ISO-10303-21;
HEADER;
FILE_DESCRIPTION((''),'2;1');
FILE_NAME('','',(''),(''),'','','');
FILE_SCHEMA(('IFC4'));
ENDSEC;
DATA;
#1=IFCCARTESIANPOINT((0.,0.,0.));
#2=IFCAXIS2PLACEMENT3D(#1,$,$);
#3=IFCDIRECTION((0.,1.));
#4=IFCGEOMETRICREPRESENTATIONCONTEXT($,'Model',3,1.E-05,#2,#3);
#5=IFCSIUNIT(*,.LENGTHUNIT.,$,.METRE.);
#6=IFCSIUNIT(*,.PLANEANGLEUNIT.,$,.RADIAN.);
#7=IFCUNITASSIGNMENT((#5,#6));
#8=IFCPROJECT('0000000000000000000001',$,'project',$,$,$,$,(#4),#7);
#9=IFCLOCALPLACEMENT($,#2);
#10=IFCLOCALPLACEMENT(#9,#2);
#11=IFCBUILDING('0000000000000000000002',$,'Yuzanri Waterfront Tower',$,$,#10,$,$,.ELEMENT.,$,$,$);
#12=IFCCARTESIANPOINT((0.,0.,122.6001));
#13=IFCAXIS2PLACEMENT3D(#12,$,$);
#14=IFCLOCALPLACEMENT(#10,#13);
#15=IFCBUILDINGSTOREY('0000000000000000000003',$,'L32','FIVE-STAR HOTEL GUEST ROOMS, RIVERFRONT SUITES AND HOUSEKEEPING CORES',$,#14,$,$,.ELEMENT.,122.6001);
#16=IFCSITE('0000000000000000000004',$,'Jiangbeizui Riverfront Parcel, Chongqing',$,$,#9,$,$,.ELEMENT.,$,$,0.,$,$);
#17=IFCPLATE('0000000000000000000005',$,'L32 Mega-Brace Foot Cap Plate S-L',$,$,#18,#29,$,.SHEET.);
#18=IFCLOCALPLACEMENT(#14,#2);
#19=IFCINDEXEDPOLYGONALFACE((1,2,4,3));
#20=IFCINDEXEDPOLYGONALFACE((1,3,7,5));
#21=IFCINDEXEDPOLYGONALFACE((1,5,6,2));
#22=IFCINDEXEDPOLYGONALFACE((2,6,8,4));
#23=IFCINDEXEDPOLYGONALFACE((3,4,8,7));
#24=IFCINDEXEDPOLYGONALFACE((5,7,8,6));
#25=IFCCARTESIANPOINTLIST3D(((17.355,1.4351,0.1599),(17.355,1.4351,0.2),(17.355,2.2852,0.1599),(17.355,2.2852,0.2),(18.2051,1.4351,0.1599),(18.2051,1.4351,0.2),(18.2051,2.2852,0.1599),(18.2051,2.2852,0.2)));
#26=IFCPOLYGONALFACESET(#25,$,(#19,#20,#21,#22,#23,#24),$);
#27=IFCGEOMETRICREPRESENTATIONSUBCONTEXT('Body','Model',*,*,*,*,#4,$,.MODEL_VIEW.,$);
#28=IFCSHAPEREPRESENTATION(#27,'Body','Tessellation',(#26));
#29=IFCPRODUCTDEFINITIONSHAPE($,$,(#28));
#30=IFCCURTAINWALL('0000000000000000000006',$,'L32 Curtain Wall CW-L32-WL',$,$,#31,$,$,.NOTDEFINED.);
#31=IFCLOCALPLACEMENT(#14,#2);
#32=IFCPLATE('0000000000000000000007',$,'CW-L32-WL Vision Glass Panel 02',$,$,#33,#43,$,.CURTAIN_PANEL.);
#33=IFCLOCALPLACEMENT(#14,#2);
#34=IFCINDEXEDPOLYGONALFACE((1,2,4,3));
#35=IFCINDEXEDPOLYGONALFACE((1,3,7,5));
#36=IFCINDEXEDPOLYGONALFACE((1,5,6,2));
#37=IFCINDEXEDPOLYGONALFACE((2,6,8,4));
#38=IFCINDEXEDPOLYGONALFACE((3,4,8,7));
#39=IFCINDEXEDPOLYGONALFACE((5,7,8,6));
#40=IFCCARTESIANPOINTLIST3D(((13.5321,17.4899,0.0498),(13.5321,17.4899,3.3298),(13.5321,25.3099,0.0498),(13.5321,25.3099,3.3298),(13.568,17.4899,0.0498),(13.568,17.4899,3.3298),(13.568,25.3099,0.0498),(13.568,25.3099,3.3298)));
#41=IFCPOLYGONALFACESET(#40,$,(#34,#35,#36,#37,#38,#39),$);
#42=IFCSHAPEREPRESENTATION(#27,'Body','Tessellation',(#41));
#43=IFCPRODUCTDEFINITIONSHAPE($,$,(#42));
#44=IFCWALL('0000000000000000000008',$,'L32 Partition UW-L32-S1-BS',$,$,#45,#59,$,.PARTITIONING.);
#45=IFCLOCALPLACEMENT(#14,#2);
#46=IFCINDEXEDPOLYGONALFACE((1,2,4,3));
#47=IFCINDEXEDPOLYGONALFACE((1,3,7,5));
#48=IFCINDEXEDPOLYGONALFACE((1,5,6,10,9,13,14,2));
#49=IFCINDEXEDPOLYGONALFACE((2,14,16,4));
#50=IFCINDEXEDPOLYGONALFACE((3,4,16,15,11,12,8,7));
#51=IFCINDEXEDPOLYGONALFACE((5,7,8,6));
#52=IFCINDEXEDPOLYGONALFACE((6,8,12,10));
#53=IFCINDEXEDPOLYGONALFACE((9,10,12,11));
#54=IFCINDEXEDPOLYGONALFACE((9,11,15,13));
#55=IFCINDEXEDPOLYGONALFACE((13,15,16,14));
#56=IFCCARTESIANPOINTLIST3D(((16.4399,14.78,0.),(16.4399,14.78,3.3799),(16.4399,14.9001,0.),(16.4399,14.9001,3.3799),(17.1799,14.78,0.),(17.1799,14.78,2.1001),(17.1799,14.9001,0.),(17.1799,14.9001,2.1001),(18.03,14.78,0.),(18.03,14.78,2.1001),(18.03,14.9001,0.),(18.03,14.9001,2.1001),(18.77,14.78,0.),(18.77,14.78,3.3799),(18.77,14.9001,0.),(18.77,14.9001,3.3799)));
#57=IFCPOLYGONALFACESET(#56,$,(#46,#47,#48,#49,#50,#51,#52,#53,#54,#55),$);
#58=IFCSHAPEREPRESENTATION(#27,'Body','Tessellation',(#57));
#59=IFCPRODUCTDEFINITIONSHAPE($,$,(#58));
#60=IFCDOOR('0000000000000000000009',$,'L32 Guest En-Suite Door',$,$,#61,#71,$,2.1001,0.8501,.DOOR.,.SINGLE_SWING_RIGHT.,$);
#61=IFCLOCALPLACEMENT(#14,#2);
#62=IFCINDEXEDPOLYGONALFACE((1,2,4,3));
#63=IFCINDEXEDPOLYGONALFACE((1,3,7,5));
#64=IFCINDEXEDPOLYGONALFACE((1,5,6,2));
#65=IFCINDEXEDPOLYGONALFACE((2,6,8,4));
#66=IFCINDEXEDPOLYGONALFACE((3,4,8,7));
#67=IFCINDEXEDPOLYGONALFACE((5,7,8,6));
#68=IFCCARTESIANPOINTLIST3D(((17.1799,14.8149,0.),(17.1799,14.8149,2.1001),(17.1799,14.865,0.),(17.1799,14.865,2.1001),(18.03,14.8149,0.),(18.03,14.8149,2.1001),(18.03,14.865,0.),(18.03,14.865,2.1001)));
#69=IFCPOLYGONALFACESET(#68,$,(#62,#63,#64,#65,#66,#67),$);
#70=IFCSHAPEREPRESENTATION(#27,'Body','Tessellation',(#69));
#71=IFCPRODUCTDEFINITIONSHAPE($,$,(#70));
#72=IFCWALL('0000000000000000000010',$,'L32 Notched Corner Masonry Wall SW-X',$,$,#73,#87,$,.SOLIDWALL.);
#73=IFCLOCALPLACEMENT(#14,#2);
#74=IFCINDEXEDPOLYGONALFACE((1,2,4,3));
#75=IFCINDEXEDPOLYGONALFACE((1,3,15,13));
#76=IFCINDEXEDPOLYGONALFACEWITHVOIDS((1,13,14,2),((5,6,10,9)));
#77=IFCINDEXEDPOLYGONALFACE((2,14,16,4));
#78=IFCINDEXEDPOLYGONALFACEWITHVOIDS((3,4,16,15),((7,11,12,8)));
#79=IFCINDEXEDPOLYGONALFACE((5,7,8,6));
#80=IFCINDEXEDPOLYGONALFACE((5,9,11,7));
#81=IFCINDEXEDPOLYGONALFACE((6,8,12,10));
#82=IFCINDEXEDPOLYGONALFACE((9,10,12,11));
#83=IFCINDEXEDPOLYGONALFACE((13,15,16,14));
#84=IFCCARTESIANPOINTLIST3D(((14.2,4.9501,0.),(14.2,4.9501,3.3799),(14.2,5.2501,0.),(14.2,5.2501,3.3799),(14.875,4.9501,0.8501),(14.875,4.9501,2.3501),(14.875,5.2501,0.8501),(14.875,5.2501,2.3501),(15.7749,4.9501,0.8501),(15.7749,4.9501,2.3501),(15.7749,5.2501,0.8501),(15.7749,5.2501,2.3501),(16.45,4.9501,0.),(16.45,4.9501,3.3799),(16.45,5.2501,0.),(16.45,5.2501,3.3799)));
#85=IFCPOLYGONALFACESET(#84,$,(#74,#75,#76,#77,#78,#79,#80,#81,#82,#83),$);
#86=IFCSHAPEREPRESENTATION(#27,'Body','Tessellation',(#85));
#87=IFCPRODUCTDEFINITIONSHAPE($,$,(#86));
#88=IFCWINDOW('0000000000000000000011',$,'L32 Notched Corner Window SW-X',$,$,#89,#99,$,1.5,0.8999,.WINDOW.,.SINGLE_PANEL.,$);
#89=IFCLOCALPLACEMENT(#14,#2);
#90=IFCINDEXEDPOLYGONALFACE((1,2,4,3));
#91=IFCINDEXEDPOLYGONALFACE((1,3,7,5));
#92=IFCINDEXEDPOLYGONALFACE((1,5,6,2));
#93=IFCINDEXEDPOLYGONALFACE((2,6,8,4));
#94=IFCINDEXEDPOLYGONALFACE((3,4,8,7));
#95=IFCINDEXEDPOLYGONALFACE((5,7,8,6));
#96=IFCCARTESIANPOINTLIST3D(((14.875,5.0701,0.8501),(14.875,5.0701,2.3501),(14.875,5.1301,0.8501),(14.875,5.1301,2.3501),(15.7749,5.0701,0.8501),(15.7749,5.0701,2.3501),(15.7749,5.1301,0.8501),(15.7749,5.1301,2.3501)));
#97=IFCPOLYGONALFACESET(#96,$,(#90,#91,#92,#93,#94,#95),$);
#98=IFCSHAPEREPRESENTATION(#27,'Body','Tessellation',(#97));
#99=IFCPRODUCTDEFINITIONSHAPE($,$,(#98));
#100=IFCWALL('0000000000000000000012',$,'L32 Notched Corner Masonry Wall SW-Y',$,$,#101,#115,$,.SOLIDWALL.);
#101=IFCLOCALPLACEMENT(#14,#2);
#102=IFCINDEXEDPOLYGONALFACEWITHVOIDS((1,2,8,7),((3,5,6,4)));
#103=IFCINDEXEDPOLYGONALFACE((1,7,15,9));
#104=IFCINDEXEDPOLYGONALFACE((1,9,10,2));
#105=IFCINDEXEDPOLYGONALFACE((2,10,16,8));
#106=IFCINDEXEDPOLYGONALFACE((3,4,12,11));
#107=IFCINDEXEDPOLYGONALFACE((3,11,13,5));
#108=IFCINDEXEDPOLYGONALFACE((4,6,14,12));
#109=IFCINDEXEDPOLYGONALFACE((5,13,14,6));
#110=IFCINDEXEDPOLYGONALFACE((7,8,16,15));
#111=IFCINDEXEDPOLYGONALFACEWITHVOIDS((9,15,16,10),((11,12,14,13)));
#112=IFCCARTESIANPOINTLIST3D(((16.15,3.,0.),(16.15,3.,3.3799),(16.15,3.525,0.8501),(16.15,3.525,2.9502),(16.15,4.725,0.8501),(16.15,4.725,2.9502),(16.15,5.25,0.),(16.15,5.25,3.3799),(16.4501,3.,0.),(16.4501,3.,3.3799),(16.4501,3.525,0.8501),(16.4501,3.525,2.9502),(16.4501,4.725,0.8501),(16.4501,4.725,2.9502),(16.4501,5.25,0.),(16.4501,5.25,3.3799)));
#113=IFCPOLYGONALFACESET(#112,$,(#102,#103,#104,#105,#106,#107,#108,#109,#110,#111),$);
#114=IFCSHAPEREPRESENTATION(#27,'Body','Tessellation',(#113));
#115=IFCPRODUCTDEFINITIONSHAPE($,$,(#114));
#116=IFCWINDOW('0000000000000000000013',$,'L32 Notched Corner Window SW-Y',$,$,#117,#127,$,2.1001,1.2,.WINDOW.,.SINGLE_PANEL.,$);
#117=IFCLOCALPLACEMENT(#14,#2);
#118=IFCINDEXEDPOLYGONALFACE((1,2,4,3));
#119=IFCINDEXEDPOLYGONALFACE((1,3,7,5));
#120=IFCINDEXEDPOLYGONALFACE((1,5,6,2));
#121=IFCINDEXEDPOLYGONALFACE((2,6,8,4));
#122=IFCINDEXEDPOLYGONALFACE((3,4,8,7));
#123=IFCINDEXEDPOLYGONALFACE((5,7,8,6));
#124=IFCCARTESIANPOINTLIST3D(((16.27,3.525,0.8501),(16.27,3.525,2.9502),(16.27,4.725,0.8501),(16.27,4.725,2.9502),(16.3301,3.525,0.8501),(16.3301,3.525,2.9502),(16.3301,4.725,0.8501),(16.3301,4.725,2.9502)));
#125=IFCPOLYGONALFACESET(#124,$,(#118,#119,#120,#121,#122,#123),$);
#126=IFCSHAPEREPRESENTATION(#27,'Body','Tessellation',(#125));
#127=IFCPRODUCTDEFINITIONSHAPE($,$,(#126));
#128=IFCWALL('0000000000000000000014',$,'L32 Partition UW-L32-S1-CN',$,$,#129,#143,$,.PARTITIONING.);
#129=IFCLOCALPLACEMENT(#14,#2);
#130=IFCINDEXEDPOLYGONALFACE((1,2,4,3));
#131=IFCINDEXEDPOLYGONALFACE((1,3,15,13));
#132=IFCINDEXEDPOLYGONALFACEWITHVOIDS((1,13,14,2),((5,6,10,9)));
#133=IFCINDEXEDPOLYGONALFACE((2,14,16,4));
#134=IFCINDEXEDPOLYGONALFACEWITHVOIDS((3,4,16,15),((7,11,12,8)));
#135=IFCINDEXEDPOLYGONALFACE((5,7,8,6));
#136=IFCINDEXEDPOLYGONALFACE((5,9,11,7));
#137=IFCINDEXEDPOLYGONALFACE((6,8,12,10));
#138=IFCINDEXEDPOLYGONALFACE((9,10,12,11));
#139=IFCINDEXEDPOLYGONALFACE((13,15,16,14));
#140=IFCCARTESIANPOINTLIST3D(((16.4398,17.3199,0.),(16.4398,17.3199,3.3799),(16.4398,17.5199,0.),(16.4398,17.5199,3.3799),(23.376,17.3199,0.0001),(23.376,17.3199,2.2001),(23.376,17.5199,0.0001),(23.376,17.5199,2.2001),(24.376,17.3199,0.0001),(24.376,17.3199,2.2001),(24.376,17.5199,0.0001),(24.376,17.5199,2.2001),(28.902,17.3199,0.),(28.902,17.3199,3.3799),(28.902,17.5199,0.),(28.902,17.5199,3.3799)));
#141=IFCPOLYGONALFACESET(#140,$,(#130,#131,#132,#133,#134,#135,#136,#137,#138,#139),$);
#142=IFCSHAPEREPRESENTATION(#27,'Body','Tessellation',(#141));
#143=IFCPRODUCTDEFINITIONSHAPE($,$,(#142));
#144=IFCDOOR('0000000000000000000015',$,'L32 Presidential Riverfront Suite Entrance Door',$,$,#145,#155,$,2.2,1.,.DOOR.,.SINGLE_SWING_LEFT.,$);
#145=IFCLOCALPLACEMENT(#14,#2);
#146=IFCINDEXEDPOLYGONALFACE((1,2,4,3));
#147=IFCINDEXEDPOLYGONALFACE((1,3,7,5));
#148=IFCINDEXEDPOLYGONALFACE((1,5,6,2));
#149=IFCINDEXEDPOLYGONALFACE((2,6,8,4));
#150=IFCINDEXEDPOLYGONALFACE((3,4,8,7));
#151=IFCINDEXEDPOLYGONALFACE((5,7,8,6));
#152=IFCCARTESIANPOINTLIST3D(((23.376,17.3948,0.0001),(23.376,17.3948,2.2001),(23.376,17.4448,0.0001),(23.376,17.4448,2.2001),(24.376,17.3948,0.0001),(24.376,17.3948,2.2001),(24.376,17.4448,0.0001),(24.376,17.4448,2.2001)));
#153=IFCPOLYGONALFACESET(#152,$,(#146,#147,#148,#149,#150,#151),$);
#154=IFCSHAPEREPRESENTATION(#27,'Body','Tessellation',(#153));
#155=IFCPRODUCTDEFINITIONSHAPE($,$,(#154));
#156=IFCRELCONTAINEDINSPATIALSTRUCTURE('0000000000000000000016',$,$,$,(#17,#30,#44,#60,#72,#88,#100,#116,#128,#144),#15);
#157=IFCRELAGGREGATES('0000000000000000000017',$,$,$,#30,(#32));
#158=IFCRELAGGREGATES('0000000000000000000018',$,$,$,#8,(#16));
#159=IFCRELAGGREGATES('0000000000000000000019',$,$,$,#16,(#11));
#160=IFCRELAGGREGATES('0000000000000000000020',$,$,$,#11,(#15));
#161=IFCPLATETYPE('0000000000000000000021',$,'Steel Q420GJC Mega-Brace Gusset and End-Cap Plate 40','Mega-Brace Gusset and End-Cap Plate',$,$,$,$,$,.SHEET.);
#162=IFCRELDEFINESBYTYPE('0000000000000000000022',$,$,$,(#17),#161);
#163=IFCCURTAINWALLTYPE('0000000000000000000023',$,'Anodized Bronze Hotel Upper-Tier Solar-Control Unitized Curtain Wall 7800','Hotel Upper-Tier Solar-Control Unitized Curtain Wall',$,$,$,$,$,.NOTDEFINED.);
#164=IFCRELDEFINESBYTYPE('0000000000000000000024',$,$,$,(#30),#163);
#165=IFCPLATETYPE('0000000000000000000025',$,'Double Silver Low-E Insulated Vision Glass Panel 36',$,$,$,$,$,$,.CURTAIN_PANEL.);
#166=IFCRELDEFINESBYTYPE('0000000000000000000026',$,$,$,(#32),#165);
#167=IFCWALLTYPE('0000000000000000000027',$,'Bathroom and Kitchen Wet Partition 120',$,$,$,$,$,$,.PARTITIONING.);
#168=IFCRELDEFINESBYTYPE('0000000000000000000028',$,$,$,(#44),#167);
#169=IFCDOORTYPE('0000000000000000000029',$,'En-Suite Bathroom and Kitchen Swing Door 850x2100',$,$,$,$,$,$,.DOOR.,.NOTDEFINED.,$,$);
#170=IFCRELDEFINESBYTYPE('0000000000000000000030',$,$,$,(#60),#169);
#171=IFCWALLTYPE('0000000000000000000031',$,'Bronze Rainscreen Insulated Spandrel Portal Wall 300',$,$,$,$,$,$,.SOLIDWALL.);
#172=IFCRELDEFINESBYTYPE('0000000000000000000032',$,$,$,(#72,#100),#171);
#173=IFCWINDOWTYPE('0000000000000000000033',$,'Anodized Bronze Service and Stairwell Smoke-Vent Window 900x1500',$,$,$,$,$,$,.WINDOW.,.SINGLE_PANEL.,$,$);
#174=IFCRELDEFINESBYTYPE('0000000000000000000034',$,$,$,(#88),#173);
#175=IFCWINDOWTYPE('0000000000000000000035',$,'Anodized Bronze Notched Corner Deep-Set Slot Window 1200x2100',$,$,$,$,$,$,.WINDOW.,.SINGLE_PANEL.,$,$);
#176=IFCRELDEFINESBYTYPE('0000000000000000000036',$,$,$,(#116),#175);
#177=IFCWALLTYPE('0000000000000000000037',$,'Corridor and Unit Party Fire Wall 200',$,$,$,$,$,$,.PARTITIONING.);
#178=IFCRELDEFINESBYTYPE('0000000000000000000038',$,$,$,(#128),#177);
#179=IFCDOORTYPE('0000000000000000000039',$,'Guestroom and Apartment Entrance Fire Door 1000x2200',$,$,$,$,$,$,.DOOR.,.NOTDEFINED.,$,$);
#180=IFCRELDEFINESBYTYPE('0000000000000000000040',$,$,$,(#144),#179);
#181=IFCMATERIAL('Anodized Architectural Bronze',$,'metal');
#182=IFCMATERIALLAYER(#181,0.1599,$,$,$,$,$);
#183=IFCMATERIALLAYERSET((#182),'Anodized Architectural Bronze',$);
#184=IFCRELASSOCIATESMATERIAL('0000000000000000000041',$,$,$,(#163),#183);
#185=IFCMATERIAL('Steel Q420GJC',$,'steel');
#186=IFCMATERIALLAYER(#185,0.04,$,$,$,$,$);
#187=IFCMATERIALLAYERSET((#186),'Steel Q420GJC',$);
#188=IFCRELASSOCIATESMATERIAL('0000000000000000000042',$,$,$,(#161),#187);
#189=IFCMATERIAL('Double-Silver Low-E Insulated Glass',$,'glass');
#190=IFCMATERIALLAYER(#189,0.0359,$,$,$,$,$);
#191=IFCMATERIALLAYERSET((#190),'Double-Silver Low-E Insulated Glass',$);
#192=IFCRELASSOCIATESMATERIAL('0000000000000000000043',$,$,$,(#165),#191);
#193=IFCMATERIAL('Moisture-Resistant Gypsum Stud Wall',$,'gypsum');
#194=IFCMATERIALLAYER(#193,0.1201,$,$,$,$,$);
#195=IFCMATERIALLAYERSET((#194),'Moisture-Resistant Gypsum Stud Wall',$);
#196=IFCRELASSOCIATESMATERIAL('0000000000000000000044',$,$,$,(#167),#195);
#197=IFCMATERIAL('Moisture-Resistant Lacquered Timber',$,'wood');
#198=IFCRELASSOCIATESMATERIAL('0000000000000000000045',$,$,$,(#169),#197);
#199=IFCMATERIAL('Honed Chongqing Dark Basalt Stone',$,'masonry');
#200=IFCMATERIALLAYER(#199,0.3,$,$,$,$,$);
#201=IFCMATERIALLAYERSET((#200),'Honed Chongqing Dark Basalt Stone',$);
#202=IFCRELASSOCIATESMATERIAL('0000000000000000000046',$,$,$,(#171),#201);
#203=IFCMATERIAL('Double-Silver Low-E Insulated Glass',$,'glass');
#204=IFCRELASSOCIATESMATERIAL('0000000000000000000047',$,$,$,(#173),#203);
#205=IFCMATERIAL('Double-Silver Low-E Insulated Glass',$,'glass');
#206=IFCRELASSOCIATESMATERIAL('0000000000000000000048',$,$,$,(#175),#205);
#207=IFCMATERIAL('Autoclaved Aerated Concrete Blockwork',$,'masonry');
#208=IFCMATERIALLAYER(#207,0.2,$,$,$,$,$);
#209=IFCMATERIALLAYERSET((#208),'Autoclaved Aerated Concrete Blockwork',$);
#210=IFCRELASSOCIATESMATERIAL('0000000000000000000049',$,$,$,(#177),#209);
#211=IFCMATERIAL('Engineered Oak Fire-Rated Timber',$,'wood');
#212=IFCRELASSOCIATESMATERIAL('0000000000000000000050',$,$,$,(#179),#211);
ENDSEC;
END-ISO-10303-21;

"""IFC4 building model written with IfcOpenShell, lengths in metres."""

from ifc_helpers import new_model, si_unit, direction, frame, frame_2d, origin, origin_2d, place, context, subcontext, project, spatial, rectangle, extrude, source, transform, mapped, material, layer, layer_set, type_object, element, fill, aggregate, save


model = new_model("IFC4")

# Units and contexts
model_context = context("Model", 3, precision=1e-05, world=origin(), true_north=direction((0.0, 1.0)))
body_context = subcontext(model_context, "Body", "Model", "MODEL_VIEW")
ifc_project = project(units=[si_unit("LENGTHUNIT", "METRE"), si_unit("PLANEANGLEUNIT", "RADIAN")], contexts=[model_context])

# Site, building, storey
site_placement = place(None, origin())
site = spatial("IfcSite", under=ifc_project, at=site_placement, Name="Jiangbeizui Riverfront Parcel, Chongqing", CompositionType="ELEMENT", RefElevation=0.0)
building_placement = place(site_placement, origin())
building = spatial("IfcBuilding", under=site, at=building_placement, Name="Yuzanri Waterfront Tower", CompositionType="ELEMENT")
storey_placement = place(building_placement, frame((0.0, 0.0, 122.6001)))
storey = spatial("IfcBuildingStorey", under=building, at=storey_placement, Name="L32", Description="FIVE-STAR HOTEL GUEST ROOMS, RIVERFRONT SUITES AND HOUSEKEEPING CORES", CompositionType="ELEMENT", Elevation=122.6001)

# Shared definitions
ifc_material_1 = material(Name="Anodized Architectural Bronze", Category="metal")
ifc_layer_1 = layer(ifc_material_1, 0.1599)
ifc_layer_set_1 = layer_set([ifc_layer_1], Name="Anodized Architectural Bronze")
curtain_wall_type = type_object("IfcCurtainWallType", Name="Anodized Bronze Hotel Upper-Tier Solar-Control Unitized Curtain Wall 7800", Description="Hotel Upper-Tier Solar-Control Unitized Curtain Wall", PredefinedType="NOTDEFINED", material=ifc_layer_set_1)

# Plate
ifc_material_2 = material(Name="Steel Q420GJC", Category="steel")
ifc_layer_2 = layer(ifc_material_2, 0.04)
ifc_layer_set_2 = layer_set([ifc_layer_2], Name="Steel Q420GJC")
plate_type_1 = type_object("IfcPlateType", Name="Steel Q420GJC Mega-Brace Gusset and End-Cap Plate 40", Description="Mega-Brace Gusset and End-Cap Plate", PredefinedType="SHEET", material=ifc_layer_set_2)
shared_shape_1 = source(origin(), body_context, "Body", "SweptSolid", [
    extrude(rectangle(XDim=0.8501, YDim=0.8501, at=origin_2d()), origin(), (0.0, 0.0, 1.0), 0.04),
])
plate_1_placement = place(storey_placement, frame((17.78, 1.8601, 0.1599), z_axis=(0.0, 0.0, 1.0), x_axis=(1.0, 0.0, 0.0)))
element("IfcPlate", 1, at=plate_1_placement, inside=storey, type_object=plate_type_1, Name="L32 Mega-Brace Foot Cap Plate S-L", PredefinedType="SHEET", context=body_context, shape_type="MappedRepresentation", body=[
    mapped(shared_shape_1, transform((0.0, 0.0, 0.0), scale=1.0)),
])

# Curtain wall, plate
curtain_wall_1_placement = place(storey_placement, origin())
curtain_wall_1 = element("IfcCurtainWall", 2, at=curtain_wall_1_placement, inside=storey, type_object=curtain_wall_type, Name="L32 Curtain Wall CW-L32-WL", PredefinedType="NOTDEFINED")
ifc_material_3 = material(Name="Double-Silver Low-E Insulated Glass", Category="glass")
ifc_layer_3 = layer(ifc_material_3, 0.0359)
ifc_layer_set_3 = layer_set([ifc_layer_3], Name="Double-Silver Low-E Insulated Glass")
plate_type_2 = type_object("IfcPlateType", Name="Double Silver Low-E Insulated Vision Glass Panel 36", PredefinedType="CURTAIN_PANEL", material=ifc_layer_set_3)
shared_shape_2 = source(origin(), body_context, "Body", "SweptSolid", [
    extrude(rectangle(XDim=7.8201, YDim=0.0359, at=origin_2d()), origin(), (0.0, 0.0, 1.0), 3.28),
])
plate_2_placement = place(storey_placement, frame((13.55, 21.3999, 0.0498), z_axis=(0.0, 0.0, 1.0), x_axis=(0.0, 1.0, 0.0)))
plate_2 = element("IfcPlate", 3, at=plate_2_placement, type_object=plate_type_2, Name="CW-L32-WL Vision Glass Panel 02", PredefinedType="CURTAIN_PANEL", context=body_context, shape_type="MappedRepresentation", body=[
    mapped(shared_shape_2, transform((0.0, 0.0, 0.0), scale=1.0)),
])
aggregate(curtain_wall_1, [plate_2])

# Wall, opening, door
ifc_material_4 = material(Name="Moisture-Resistant Gypsum Stud Wall", Category="gypsum")
ifc_layer_4 = layer(ifc_material_4, 0.1201)
ifc_layer_set_4 = layer_set([ifc_layer_4], Name="Moisture-Resistant Gypsum Stud Wall")
wall_type_1 = type_object("IfcWallType", Name="Bathroom and Kitchen Wet Partition 120", PredefinedType="PARTITIONING", material=ifc_layer_set_4)
wall_1_placement = place(storey_placement, frame((16.4399, 14.8401, 0.0), z_axis=(0.0, 0.0, 1.0), x_axis=(1.0, 0.0, 0.0)))
wall_1 = element("IfcWall", 4, at=wall_1_placement, inside=storey, type_object=wall_type_1, Name="L32 Partition UW-L32-S1-BS", PredefinedType="PARTITIONING", context=body_context, shape_type="SweptSolid", body=[
    extrude(rectangle(XDim=2.3301, YDim=0.1201, at=frame_2d((1.165, 0.0))), origin(), (0.0, 0.0, 1.0), 3.3799),
])
opening_1_placement = place(wall_1_placement, frame((0.74, 0.0, 0.0)))
opening_1 = element("IfcOpeningElement", 5, at=opening_1_placement, cuts=wall_1, PredefinedType="OPENING", context=body_context, shape_type="SweptSolid", body=[
    extrude(rectangle(XDim=0.8501, YDim=2.1001, at=frame_2d((0.425, 1.05))), frame((0.0, 0.075, 0.0), z_axis=(0.0, -1.0, 0.0), x_axis=(1.0, 0.0, 0.0)), (0.0, 0.0, 1.0), 0.1499),
])
ifc_material_5 = material(Name="Moisture-Resistant Lacquered Timber", Category="wood")
door_type_1 = type_object("IfcDoorType", Name="En-Suite Bathroom and Kitchen Swing Door 850x2100", OperationType="NOTDEFINED", PredefinedType="DOOR", material=ifc_material_5)
shared_shape_3 = source(origin(), body_context, "Body", "SweptSolid", [
    extrude(rectangle(XDim=0.8501, YDim=2.1001, at=frame_2d((0.425, 1.05))), frame((0.0, 0.0249, 0.0), z_axis=(0.0, -1.0, 0.0), x_axis=(1.0, 0.0, 0.0)), (0.0, 0.0, 1.0), 0.05),
])
door_1_placement = place(opening_1_placement, origin())
door_1 = element("IfcDoor", 6, at=door_1_placement, inside=storey, type_object=door_type_1, Name="L32 Guest En-Suite Door", OperationType="SINGLE_SWING_RIGHT", OverallHeight=2.1001, OverallWidth=0.8501, PredefinedType="DOOR", context=body_context, shape_type="MappedRepresentation", body=[
    mapped(shared_shape_3, transform((0.0, 0.0, 0.0), scale=1.0)),
])
fill(opening_1, door_1)

# Walls, openings, windows
ifc_material_6 = material(Name="Honed Chongqing Dark Basalt Stone", Category="masonry")
ifc_layer_5 = layer(ifc_material_6, 0.3)
ifc_layer_set_5 = layer_set([ifc_layer_5], Name="Honed Chongqing Dark Basalt Stone")
wall_type_2 = type_object("IfcWallType", Name="Bronze Rainscreen Insulated Spandrel Portal Wall 300", PredefinedType="SOLIDWALL", material=ifc_layer_set_5)
wall_2_placement = place(storey_placement, frame((14.2, 5.1001, 0.0), z_axis=(0.0, 0.0, 1.0), x_axis=(1.0, 0.0, 0.0)))
wall_2 = element("IfcWall", 7, at=wall_2_placement, inside=storey, type_object=wall_type_2, Name="L32 Notched Corner Masonry Wall SW-X", PredefinedType="SOLIDWALL", context=body_context, shape_type="SweptSolid", body=[
    extrude(rectangle(XDim=2.25, YDim=0.3, at=frame_2d((1.125, 0.0))), origin(), (0.0, 0.0, 1.0), 3.3799),
])
opening_2_placement = place(wall_2_placement, frame((0.675, 0.0, 0.8501)))
opening_2 = element("IfcOpeningElement", 8, at=opening_2_placement, cuts=wall_2, PredefinedType="OPENING", context=body_context, shape_type="SweptSolid", body=[
    extrude(rectangle(XDim=0.8999, YDim=1.5, at=frame_2d((0.45, 0.75))), frame((0.0, 0.165, 0.0), z_axis=(0.0, -1.0, 0.0), x_axis=(1.0, 0.0, 0.0)), (0.0, 0.0, 1.0), 0.3298),
])
ifc_material_7 = material(Name="Double-Silver Low-E Insulated Glass", Category="glass")
window_type_1 = type_object("IfcWindowType", Name="Anodized Bronze Service and Stairwell Smoke-Vent Window 900x1500", PartitioningType="SINGLE_PANEL", PredefinedType="WINDOW", material=ifc_material_7)
shared_shape_4 = source(origin(), body_context, "Body", "SweptSolid", [
    extrude(rectangle(XDim=0.8999, YDim=1.5, at=frame_2d((0.45, 0.75))), frame((0.0, 0.03, 0.0), z_axis=(0.0, -1.0, 0.0), x_axis=(1.0, 0.0, 0.0)), (0.0, 0.0, 1.0), 0.0601),
])
window_1_placement = place(opening_2_placement, origin())
window_1 = element("IfcWindow", 9, at=window_1_placement, inside=storey, type_object=window_type_1, Name="L32 Notched Corner Window SW-X", OverallHeight=1.5, OverallWidth=0.8999, PartitioningType="SINGLE_PANEL", PredefinedType="WINDOW", context=body_context, shape_type="MappedRepresentation", body=[
    mapped(shared_shape_4, transform((0.0, 0.0, 0.0), scale=1.0)),
])
fill(opening_2, window_1)
wall_3_placement = place(storey_placement, frame((16.3, 5.25, 0.0), z_axis=(0.0, 0.0, 1.0), x_axis=(0.0, -1.0, 0.0)))
wall_3 = element("IfcWall", 10, at=wall_3_placement, inside=storey, type_object=wall_type_2, Name="L32 Notched Corner Masonry Wall SW-Y", PredefinedType="SOLIDWALL", context=body_context, shape_type="SweptSolid", body=[
    extrude(rectangle(XDim=2.25, YDim=0.3, at=frame_2d((1.125, 0.0))), origin(), (0.0, 0.0, 1.0), 3.3799),
])
opening_3_placement = place(wall_3_placement, frame((0.5249, 0.0, 0.8501)))
opening_3 = element("IfcOpeningElement", 11, at=opening_3_placement, cuts=wall_3, PredefinedType="OPENING", context=body_context, shape_type="SweptSolid", body=[
    extrude(rectangle(XDim=1.2, YDim=2.1001, at=frame_2d((0.6001, 1.05))), frame((0.0, 0.165, 0.0), z_axis=(0.0, -1.0, 0.0), x_axis=(1.0, 0.0, 0.0)), (0.0, 0.0, 1.0), 0.3298),
])
ifc_material_8 = material(Name="Double-Silver Low-E Insulated Glass", Category="glass")
window_type_2 = type_object("IfcWindowType", Name="Anodized Bronze Notched Corner Deep-Set Slot Window 1200x2100", PartitioningType="SINGLE_PANEL", PredefinedType="WINDOW", material=ifc_material_8)
shared_shape_5 = source(origin(), body_context, "Body", "SweptSolid", [
    extrude(rectangle(XDim=1.2, YDim=2.1001, at=frame_2d((0.6001, 1.05))), frame((0.0, 0.03, 0.0), z_axis=(0.0, -1.0, 0.0), x_axis=(1.0, 0.0, 0.0)), (0.0, 0.0, 1.0), 0.0601),
])
window_2_placement = place(opening_3_placement, origin())
window_2 = element("IfcWindow", 12, at=window_2_placement, inside=storey, type_object=window_type_2, Name="L32 Notched Corner Window SW-Y", OverallHeight=2.1001, OverallWidth=1.2, PartitioningType="SINGLE_PANEL", PredefinedType="WINDOW", context=body_context, shape_type="MappedRepresentation", body=[
    mapped(shared_shape_5, transform((0.0, 0.0, 0.0), scale=1.0)),
])
fill(opening_3, window_2)

# Wall, opening, door
ifc_material_9 = material(Name="Autoclaved Aerated Concrete Blockwork", Category="masonry")
ifc_layer_6 = layer(ifc_material_9, 0.2)
ifc_layer_set_6 = layer_set([ifc_layer_6], Name="Autoclaved Aerated Concrete Blockwork")
wall_type_3 = type_object("IfcWallType", Name="Corridor and Unit Party Fire Wall 200", PredefinedType="PARTITIONING", material=ifc_layer_set_6)
wall_4_placement = place(storey_placement, frame((16.4399, 17.4199, 0.0), z_axis=(0.0, 0.0, 1.0), x_axis=(1.0, 0.0, 0.0)))
wall_4 = element("IfcWall", 13, at=wall_4_placement, inside=storey, type_object=wall_type_3, Name="L32 Partition UW-L32-S1-CN", PredefinedType="PARTITIONING", context=body_context, shape_type="SweptSolid", body=[
    extrude(rectangle(XDim=12.4622, YDim=0.2, at=frame_2d((6.231, 0.0))), origin(), (0.0, 0.0, 1.0), 3.3799),
])
opening_4_placement = place(wall_4_placement, frame((6.936, 0.0, 0.0)))
opening_4 = element("IfcOpeningElement", 14, at=opening_4_placement, cuts=wall_4, PredefinedType="OPENING", context=body_context, shape_type="SweptSolid", body=[
    extrude(rectangle(XDim=1.0, YDim=2.2, at=frame_2d((0.5, 1.1001))), frame((0.0, 0.1147, 0.0), z_axis=(0.0, -1.0, 0.0), x_axis=(1.0, 0.0, 0.0)), (0.0, 0.0, 1.0), 0.2297),
])
ifc_material_10 = material(Name="Engineered Oak Fire-Rated Timber", Category="wood")
door_type_2 = type_object("IfcDoorType", Name="Guestroom and Apartment Entrance Fire Door 1000x2200", OperationType="NOTDEFINED", PredefinedType="DOOR", material=ifc_material_10)
shared_shape_6 = source(origin(), body_context, "Body", "SweptSolid", [
    extrude(rectangle(XDim=1.0, YDim=2.2, at=frame_2d((0.5, 1.1001))), frame((0.0, 0.0249, 0.0), z_axis=(0.0, -1.0, 0.0), x_axis=(1.0, 0.0, 0.0)), (0.0, 0.0, 1.0), 0.05),
])
door_2_placement = place(opening_4_placement, origin())
door_2 = element("IfcDoor", 15, at=door_2_placement, inside=storey, type_object=door_type_2, Name="L32 Presidential Riverfront Suite Entrance Door", OperationType="SINGLE_SWING_LEFT", OverallHeight=2.2, OverallWidth=1.0, PredefinedType="DOOR", context=body_context, shape_type="MappedRepresentation", body=[
    mapped(shared_shape_6, transform((0.0, 0.0, 0.0), scale=1.0)),
])
fill(opening_4, door_2)

save(model, "model.ifc")
